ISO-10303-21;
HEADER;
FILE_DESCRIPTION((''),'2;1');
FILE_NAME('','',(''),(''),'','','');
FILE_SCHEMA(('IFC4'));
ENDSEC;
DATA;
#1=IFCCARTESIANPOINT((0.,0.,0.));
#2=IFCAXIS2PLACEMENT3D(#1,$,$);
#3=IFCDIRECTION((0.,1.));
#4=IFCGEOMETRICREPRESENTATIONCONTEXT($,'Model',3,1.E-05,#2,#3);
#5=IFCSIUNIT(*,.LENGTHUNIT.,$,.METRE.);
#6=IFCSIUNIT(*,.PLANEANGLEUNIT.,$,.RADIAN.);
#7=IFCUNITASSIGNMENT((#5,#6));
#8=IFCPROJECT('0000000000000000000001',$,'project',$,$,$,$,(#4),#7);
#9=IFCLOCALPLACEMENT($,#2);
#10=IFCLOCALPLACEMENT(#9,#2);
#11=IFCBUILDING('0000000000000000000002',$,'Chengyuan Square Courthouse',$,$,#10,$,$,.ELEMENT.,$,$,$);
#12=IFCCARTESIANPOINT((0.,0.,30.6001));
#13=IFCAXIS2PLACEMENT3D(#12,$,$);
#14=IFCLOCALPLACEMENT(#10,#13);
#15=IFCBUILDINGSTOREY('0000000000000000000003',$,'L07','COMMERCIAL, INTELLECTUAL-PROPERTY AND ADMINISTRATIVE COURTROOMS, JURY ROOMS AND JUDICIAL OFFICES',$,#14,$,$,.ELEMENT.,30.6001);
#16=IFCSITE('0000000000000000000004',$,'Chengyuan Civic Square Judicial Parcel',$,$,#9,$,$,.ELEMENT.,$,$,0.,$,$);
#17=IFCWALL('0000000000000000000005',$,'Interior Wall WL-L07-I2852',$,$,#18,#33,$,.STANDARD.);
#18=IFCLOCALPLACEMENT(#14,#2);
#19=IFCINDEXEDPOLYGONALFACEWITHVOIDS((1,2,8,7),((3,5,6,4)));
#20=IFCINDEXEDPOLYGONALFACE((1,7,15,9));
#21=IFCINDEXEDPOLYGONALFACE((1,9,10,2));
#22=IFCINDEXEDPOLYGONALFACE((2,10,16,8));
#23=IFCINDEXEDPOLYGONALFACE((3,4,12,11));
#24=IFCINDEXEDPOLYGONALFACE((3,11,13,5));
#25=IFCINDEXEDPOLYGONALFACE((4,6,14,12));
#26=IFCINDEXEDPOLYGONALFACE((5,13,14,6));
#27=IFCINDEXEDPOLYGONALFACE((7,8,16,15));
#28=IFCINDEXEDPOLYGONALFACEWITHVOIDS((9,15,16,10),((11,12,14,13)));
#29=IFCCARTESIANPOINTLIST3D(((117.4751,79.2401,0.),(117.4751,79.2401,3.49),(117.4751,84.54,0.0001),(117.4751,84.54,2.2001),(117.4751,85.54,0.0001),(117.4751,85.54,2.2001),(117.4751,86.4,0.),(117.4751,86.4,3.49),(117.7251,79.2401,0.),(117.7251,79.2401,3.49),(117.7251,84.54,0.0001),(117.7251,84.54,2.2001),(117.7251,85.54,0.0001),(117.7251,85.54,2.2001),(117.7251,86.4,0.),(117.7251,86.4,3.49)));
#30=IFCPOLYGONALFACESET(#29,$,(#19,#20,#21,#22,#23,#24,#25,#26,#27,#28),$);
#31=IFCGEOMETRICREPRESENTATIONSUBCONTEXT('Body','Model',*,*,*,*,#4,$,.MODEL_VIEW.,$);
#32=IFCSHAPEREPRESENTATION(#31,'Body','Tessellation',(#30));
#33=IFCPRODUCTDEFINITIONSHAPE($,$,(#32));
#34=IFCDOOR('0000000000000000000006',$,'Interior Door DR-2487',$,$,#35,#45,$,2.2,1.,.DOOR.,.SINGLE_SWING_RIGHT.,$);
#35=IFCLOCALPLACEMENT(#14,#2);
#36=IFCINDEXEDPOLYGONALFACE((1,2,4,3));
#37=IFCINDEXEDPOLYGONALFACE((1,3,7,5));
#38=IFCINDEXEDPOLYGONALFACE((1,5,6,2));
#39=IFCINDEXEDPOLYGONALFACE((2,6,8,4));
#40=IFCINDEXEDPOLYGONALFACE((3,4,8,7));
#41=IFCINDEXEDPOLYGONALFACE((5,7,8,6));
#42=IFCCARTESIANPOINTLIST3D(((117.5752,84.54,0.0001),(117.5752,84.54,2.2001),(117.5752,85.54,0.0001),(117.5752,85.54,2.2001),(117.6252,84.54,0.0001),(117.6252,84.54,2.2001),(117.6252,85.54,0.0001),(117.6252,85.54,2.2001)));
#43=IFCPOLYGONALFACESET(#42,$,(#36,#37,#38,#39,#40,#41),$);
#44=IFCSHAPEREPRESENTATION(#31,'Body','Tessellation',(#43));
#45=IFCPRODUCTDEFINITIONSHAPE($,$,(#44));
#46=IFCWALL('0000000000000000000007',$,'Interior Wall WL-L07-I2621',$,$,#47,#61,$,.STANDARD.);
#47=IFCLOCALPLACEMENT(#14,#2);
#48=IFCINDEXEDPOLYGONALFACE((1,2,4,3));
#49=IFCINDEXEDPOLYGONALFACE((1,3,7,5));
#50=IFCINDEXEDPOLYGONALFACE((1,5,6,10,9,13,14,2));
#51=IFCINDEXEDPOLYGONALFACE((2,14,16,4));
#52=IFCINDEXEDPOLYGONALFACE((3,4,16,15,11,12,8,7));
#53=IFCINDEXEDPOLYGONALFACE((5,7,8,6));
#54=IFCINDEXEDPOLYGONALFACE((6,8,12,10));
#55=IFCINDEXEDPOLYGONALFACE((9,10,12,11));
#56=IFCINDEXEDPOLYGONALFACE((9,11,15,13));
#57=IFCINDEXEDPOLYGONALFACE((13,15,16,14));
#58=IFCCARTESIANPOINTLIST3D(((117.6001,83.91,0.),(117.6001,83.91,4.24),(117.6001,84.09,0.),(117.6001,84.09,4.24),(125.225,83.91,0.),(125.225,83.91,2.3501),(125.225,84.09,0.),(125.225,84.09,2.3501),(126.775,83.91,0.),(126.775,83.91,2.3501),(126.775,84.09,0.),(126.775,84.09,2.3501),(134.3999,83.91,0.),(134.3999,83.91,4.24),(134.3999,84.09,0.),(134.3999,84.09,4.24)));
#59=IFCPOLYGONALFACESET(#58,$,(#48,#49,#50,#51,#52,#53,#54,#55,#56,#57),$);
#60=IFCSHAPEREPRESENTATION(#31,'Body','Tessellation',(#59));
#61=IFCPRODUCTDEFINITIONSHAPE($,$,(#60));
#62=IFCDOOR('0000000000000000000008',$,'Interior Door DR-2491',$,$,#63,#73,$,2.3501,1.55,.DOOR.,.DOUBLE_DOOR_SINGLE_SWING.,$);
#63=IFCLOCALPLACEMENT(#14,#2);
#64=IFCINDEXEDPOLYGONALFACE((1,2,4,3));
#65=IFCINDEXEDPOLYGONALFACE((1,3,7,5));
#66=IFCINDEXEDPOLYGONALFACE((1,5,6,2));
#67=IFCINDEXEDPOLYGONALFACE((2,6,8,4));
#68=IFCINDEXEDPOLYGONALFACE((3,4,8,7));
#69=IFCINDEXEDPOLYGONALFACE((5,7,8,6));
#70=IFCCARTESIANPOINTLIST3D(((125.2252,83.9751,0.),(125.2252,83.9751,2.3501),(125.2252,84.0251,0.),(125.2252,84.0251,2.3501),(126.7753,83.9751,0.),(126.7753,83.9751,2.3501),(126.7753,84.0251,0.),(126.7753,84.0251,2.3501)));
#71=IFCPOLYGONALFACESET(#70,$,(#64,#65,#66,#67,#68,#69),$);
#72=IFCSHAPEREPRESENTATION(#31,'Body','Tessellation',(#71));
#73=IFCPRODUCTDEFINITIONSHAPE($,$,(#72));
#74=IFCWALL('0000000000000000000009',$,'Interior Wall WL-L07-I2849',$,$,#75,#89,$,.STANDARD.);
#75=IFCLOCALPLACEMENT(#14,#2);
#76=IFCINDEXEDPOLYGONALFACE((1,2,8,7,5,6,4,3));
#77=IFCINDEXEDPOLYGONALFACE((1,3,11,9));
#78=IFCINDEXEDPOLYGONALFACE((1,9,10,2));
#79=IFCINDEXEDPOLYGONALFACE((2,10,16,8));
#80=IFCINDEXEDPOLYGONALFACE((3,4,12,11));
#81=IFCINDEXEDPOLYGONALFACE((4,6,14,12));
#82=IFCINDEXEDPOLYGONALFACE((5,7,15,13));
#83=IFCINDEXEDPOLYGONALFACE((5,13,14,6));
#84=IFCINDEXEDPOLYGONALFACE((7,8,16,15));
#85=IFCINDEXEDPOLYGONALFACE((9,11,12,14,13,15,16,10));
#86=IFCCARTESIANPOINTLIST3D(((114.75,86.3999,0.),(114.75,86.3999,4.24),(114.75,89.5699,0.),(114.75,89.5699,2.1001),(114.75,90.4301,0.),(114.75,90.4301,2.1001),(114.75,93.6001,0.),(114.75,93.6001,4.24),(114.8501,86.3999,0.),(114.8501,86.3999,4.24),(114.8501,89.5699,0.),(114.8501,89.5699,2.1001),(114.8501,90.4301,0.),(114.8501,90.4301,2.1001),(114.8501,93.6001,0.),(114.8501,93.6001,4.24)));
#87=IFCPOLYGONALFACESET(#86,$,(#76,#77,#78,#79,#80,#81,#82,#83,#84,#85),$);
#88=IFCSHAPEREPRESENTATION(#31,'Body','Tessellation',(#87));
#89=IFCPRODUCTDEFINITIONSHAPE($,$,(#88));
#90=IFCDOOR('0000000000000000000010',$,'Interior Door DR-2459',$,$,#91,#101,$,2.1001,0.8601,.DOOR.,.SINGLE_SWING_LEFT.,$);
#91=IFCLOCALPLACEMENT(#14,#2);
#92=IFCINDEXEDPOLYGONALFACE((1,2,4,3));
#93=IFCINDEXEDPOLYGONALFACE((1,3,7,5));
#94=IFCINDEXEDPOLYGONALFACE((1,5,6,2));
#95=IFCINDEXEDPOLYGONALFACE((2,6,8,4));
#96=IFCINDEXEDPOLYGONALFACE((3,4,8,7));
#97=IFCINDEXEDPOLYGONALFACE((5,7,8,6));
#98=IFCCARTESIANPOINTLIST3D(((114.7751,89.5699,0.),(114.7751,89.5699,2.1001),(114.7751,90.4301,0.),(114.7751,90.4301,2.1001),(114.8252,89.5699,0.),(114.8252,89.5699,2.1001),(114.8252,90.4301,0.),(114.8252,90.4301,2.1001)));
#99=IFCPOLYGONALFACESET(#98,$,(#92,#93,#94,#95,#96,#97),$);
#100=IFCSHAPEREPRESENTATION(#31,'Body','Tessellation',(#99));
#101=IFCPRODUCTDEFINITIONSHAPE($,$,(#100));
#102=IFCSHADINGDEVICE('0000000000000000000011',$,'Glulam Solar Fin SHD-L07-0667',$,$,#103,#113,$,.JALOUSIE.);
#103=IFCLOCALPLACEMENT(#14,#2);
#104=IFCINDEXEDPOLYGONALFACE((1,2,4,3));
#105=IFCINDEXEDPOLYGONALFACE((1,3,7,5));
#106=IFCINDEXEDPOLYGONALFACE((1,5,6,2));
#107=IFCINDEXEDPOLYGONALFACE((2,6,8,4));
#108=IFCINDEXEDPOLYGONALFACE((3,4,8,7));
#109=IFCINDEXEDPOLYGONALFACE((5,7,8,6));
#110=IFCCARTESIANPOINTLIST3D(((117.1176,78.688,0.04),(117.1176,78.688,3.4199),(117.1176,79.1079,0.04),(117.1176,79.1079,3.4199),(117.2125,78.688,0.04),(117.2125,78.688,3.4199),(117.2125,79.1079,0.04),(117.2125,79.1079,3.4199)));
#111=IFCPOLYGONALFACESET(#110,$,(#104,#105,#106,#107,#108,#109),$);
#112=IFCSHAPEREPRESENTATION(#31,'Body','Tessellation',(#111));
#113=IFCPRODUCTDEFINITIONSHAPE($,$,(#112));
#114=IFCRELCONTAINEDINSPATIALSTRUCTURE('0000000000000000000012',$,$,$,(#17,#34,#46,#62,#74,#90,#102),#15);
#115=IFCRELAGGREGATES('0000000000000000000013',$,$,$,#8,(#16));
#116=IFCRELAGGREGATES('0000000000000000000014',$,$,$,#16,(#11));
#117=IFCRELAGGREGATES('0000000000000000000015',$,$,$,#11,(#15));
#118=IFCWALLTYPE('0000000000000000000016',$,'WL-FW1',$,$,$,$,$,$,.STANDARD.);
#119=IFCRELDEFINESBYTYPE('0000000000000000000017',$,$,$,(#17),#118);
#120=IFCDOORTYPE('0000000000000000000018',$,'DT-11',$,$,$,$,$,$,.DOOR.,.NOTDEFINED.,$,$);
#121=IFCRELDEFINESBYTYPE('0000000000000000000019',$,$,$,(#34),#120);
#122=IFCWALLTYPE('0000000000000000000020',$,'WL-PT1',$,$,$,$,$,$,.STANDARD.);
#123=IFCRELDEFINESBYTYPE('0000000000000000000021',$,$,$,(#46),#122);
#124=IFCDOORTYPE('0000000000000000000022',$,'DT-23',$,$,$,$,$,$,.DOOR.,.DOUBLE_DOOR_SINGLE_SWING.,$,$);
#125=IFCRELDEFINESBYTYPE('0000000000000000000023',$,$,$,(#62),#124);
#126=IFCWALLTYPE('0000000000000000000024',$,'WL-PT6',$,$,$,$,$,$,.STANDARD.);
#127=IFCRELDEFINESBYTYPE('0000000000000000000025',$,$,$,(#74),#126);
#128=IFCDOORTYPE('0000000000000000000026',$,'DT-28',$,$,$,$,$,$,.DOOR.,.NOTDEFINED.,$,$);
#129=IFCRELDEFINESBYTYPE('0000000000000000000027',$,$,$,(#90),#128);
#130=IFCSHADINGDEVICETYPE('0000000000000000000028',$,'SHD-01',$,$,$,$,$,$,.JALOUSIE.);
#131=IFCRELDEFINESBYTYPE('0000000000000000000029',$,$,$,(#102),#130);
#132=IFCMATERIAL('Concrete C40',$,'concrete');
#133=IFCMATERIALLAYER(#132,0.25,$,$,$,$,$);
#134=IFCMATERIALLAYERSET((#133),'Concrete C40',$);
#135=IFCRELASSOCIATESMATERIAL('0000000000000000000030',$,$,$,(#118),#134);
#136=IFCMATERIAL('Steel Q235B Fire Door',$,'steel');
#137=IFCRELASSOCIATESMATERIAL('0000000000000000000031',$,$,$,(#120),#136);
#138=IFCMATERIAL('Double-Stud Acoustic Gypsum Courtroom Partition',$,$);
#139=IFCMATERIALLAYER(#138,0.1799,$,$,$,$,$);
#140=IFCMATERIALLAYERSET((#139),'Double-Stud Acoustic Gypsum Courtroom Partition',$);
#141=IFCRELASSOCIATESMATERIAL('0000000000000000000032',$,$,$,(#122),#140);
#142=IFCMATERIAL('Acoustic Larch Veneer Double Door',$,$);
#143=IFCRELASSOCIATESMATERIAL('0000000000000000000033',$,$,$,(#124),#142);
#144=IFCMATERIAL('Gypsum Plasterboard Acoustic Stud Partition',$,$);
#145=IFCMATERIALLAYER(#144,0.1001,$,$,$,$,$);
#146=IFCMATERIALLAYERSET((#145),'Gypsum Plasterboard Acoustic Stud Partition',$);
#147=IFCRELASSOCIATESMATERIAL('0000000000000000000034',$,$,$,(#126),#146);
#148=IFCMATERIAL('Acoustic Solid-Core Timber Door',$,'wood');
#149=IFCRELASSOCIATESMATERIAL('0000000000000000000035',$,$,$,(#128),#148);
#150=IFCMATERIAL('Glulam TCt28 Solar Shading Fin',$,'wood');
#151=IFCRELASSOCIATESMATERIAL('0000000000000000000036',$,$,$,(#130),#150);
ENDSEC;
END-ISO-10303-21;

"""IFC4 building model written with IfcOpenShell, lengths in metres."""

from ifc_helpers import new_model, si_unit, direction, frame, frame_2d, origin, origin_2d, place, context, subcontext, project, spatial, rectangle, extrude, material, layer, layer_set, type_object, element, fill, save


model = new_model("IFC4")

# Units and contexts
model_context = context("Model", 3, precision=1e-05, world=origin(), true_north=direction((0.0, 1.0)))
body_context = subcontext(model_context, "Body", "Model", "MODEL_VIEW")
ifc_project = project(units=[si_unit("LENGTHUNIT", "METRE"), si_unit("PLANEANGLEUNIT", "RADIAN")], contexts=[model_context])

# Site, building, storey
site_placement = place(None, origin())
site = spatial("IfcSite", under=ifc_project, at=site_placement, Name="Chengyuan Civic Square Judicial Parcel", CompositionType="ELEMENT", RefElevation=0.0)
building_placement = place(site_placement, origin())
building = spatial("IfcBuilding", under=site, at=building_placement, Name="Chengyuan Square Courthouse", CompositionType="ELEMENT")
storey_placement = place(building_placement, frame((0.0, 0.0, 30.6001)))
storey = spatial("IfcBuildingStorey", under=building, at=storey_placement, Name="L07", Description="COMMERCIAL, INTELLECTUAL-PROPERTY AND ADMINISTRATIVE COURTROOMS, JURY ROOMS AND JUDICIAL OFFICES", CompositionType="ELEMENT", Elevation=30.6001)

# Shared definitions
ifc_material_1 = material(Name="Concrete C40", Category="concrete")

# Walls, openings, doors
ifc_layer_1 = layer(ifc_material_1, 0.25)
ifc_layer_set_1 = layer_set([ifc_layer_1], Name="Concrete C40")
wall_type_1 = type_object("IfcWallType", Name="WL-FW1", PredefinedType="STANDARD", material=ifc_layer_set_1)
wall_1_placement = place(storey_placement, frame((117.6001, 79.24, 0.0), z_axis=(0.0, 0.0, 1.0), x_axis=(0.0, 1.0, 0.0)))
wall_1 = element("IfcWall", 1, at=wall_1_placement, inside=storey, type_object=wall_type_1, Name="Interior Wall WL-L07-I2852", PredefinedType="STANDARD", context=body_context, shape_type="SweptSolid", body=[
    extrude(rectangle(XDim=7.1599, YDim=0.25, at=frame_2d((3.5801, 0.0))), origin(), (0.0, 0.0, 1.0), 3.49),
])
opening_1_placement = place(wall_1_placement, frame((5.3, 0.0, 0.0)))
opening_1 = element("IfcOpeningElement", 2, at=opening_1_placement, cuts=wall_1, PredefinedType="OPENING", context=body_context, shape_type="SweptSolid", body=[
    extrude(rectangle(XDim=1.0, YDim=2.2, at=frame_2d((0.5, 1.1001))), frame((0.0, 0.137, 0.0), z_axis=(0.0, -1.0, 0.0), x_axis=(1.0, 0.0, 0.0)), (0.0, 0.0, 1.0), 0.2739),
])
ifc_material_2 = material(Name="Steel Q235B Fire Door", Category="steel")
door_type_1 = type_object("IfcDoorType", Name="DT-11", OperationType="NOTDEFINED", PredefinedType="DOOR", material=ifc_material_2)
door_1_placement = place(opening_1_placement, origin())
door_1 = element("IfcDoor", 3, at=door_1_placement, inside=storey, type_object=door_type_1, Name="Interior Door DR-2487", OperationType="SINGLE_SWING_RIGHT", OverallHeight=2.2, OverallWidth=1.0, PredefinedType="DOOR", context=body_context, shape_type="SweptSolid", body=[
    extrude(rectangle(XDim=1.0, YDim=2.2, at=frame_2d((0.5, 1.1001))), frame((0.0, 0.0249, 0.0), z_axis=(0.0, -1.0, 0.0), x_axis=(1.0, 0.0, 0.0)), (0.0, 0.0, 1.0), 0.05),
])
fill(opening_1, door_1)
ifc_material_3 = material(Name="Double-Stud Acoustic Gypsum Courtroom Partition")
ifc_layer_2 = layer(ifc_material_3, 0.1799)
ifc_layer_set_2 = layer_set([ifc_layer_2], Name="Double-Stud Acoustic Gypsum Courtroom Partition")
wall_type_2 = type_object("IfcWallType", Name="WL-PT1", PredefinedType="STANDARD", material=ifc_layer_set_2)
wall_2_placement = place(storey_placement, frame((117.6001, 84.0, 0.0), z_axis=(0.0, 0.0, 1.0), x_axis=(1.0, 0.0, 0.0)))
wall_2 = element("IfcWall", 4, at=wall_2_placement, inside=storey, type_object=wall_type_2, Name="Interior Wall WL-L07-I2621", PredefinedType="STANDARD", context=body_context, shape_type="SweptSolid", body=[
    extrude(rectangle(XDim=16.7998, YDim=0.1799, at=frame_2d((8.3999, 0.0))), origin(), (0.0, 0.0, 1.0), 4.24),
])
opening_2_placement = place(wall_2_placement, frame((7.625, 0.0, 0.0)))
opening_2 = element("IfcOpeningElement", 5, at=opening_2_placement, cuts=wall_2, PredefinedType="OPENING", context=body_context, shape_type="SweptSolid", body=[
    extrude(rectangle(XDim=1.55, YDim=2.3501, at=frame_2d((0.7749, 1.175))), frame((0.0, 0.1021, 0.0), z_axis=(0.0, -1.0, 0.0), x_axis=(1.0, 0.0, 0.0)), (0.0, 0.0, 1.0), 0.2039),
])
ifc_material_4 = material(Name="Acoustic Larch Veneer Double Door")
door_type_2 = type_object("IfcDoorType", Name="DT-23", OperationType="DOUBLE_DOOR_SINGLE_SWING", PredefinedType="DOOR", material=ifc_material_4)
door_2_placement = place(opening_2_placement, frame((1.55, 0.0, 0.0), z_axis=(0.0, 0.0, 1.0), x_axis=(-1.0, 0.0, 0.0)))
door_2 = element("IfcDoor", 6, at=door_2_placement, inside=storey, type_object=door_type_2, Name="Interior Door DR-2491", OperationType="DOUBLE_DOOR_SINGLE_SWING", OverallHeight=2.3501, OverallWidth=1.55, PredefinedType="DOOR", context=body_context, shape_type="SweptSolid", body=[
    extrude(rectangle(XDim=1.55, YDim=2.3501, at=frame_2d((0.7749, 1.175))), frame((0.0, 0.0249, 0.0), z_axis=(0.0, -1.0, 0.0), x_axis=(1.0, 0.0, 0.0)), (0.0, 0.0, 1.0), 0.05),
])
fill(opening_2, door_2)
ifc_material_5 = material(Name="Gypsum Plasterboard Acoustic Stud Partition")
ifc_layer_3 = layer(ifc_material_5, 0.1001)
ifc_layer_set_3 = layer_set([ifc_layer_3], Name="Gypsum Plasterboard Acoustic Stud Partition")
wall_type_3 = type_object("IfcWallType", Name="WL-PT6", PredefinedType="STANDARD", material=ifc_layer_set_3)
wall_3_placement = place(storey_placement, frame((114.8, 86.3999, 0.0), z_axis=(0.0, 0.0, 1.0), x_axis=(0.0, 1.0, 0.0)))
wall_3 = element("IfcWall", 7, at=wall_3_placement, inside=storey, type_object=wall_type_3, Name="Interior Wall WL-L07-I2849", PredefinedType="STANDARD", context=body_context, shape_type="SweptSolid", body=[
    extrude(rectangle(XDim=7.2002, YDim=0.1001, at=frame_2d((3.6001, 0.0))), origin(), (0.0, 0.0, 1.0), 4.24),
])
opening_3_placement = place(wall_3_placement, frame((3.1699, 0.0, 0.0)))
opening_3 = element("IfcOpeningElement", 8, at=opening_3_placement, cuts=wall_3, PredefinedType="OPENING", context=body_context, shape_type="SweptSolid", body=[
    extrude(rectangle(XDim=0.8601, YDim=2.1001, at=frame_2d((0.4302, 1.05))), frame((0.0, 0.062, 0.0), z_axis=(0.0, -1.0, 0.0), x_axis=(1.0, 0.0, 0.0)), (0.0, 0.0, 1.0), 0.124),
])
ifc_material_6 = material(Name="Acoustic Solid-Core Timber Door", Category="wood")
door_type_3 = type_object("IfcDoorType", Name="DT-28", OperationType="NOTDEFINED", PredefinedType="DOOR", material=ifc_material_6)
door_3_placement = place(opening_3_placement, origin())
door_3 = element("IfcDoor", 9, at=door_3_placement, inside=storey, type_object=door_type_3, Name="Interior Door DR-2459", OperationType="SINGLE_SWING_LEFT", OverallHeight=2.1001, OverallWidth=0.8601, PredefinedType="DOOR", context=body_context, shape_type="SweptSolid", body=[
    extrude(rectangle(XDim=0.8601, YDim=2.1001, at=frame_2d((0.4302, 1.05))), frame((0.0, 0.0249, 0.0), z_axis=(0.0, -1.0, 0.0), x_axis=(1.0, 0.0, 0.0)), (0.0, 0.0, 1.0), 0.05),
])
fill(opening_3, door_3)

# Shading device
ifc_material_7 = material(Name="Glulam TCt28 Solar Shading Fin", Category="wood")
shading_device_type = type_object("IfcShadingDeviceType", Name="SHD-01", PredefinedType="JALOUSIE", material=ifc_material_7)
shading_device_placement = place(storey_placement, frame((117.165, 78.8979, 0.04), z_axis=(0.0, 0.0, 1.0), x_axis=(0.0, 1.0, 0.0)))
element("IfcShadingDevice", 10, at=shading_device_placement, inside=storey, type_object=shading_device_type, Name="Glulam Solar Fin SHD-L07-0667", PredefinedType="JALOUSIE", context=body_context, shape_type="SweptSolid", body=[
    extrude(rectangle(XDim=0.4199, YDim=0.095, at=origin_2d()), origin(), (0.0, 0.0, 1.0), 3.3799),
])

save(model, "model.ifc")
